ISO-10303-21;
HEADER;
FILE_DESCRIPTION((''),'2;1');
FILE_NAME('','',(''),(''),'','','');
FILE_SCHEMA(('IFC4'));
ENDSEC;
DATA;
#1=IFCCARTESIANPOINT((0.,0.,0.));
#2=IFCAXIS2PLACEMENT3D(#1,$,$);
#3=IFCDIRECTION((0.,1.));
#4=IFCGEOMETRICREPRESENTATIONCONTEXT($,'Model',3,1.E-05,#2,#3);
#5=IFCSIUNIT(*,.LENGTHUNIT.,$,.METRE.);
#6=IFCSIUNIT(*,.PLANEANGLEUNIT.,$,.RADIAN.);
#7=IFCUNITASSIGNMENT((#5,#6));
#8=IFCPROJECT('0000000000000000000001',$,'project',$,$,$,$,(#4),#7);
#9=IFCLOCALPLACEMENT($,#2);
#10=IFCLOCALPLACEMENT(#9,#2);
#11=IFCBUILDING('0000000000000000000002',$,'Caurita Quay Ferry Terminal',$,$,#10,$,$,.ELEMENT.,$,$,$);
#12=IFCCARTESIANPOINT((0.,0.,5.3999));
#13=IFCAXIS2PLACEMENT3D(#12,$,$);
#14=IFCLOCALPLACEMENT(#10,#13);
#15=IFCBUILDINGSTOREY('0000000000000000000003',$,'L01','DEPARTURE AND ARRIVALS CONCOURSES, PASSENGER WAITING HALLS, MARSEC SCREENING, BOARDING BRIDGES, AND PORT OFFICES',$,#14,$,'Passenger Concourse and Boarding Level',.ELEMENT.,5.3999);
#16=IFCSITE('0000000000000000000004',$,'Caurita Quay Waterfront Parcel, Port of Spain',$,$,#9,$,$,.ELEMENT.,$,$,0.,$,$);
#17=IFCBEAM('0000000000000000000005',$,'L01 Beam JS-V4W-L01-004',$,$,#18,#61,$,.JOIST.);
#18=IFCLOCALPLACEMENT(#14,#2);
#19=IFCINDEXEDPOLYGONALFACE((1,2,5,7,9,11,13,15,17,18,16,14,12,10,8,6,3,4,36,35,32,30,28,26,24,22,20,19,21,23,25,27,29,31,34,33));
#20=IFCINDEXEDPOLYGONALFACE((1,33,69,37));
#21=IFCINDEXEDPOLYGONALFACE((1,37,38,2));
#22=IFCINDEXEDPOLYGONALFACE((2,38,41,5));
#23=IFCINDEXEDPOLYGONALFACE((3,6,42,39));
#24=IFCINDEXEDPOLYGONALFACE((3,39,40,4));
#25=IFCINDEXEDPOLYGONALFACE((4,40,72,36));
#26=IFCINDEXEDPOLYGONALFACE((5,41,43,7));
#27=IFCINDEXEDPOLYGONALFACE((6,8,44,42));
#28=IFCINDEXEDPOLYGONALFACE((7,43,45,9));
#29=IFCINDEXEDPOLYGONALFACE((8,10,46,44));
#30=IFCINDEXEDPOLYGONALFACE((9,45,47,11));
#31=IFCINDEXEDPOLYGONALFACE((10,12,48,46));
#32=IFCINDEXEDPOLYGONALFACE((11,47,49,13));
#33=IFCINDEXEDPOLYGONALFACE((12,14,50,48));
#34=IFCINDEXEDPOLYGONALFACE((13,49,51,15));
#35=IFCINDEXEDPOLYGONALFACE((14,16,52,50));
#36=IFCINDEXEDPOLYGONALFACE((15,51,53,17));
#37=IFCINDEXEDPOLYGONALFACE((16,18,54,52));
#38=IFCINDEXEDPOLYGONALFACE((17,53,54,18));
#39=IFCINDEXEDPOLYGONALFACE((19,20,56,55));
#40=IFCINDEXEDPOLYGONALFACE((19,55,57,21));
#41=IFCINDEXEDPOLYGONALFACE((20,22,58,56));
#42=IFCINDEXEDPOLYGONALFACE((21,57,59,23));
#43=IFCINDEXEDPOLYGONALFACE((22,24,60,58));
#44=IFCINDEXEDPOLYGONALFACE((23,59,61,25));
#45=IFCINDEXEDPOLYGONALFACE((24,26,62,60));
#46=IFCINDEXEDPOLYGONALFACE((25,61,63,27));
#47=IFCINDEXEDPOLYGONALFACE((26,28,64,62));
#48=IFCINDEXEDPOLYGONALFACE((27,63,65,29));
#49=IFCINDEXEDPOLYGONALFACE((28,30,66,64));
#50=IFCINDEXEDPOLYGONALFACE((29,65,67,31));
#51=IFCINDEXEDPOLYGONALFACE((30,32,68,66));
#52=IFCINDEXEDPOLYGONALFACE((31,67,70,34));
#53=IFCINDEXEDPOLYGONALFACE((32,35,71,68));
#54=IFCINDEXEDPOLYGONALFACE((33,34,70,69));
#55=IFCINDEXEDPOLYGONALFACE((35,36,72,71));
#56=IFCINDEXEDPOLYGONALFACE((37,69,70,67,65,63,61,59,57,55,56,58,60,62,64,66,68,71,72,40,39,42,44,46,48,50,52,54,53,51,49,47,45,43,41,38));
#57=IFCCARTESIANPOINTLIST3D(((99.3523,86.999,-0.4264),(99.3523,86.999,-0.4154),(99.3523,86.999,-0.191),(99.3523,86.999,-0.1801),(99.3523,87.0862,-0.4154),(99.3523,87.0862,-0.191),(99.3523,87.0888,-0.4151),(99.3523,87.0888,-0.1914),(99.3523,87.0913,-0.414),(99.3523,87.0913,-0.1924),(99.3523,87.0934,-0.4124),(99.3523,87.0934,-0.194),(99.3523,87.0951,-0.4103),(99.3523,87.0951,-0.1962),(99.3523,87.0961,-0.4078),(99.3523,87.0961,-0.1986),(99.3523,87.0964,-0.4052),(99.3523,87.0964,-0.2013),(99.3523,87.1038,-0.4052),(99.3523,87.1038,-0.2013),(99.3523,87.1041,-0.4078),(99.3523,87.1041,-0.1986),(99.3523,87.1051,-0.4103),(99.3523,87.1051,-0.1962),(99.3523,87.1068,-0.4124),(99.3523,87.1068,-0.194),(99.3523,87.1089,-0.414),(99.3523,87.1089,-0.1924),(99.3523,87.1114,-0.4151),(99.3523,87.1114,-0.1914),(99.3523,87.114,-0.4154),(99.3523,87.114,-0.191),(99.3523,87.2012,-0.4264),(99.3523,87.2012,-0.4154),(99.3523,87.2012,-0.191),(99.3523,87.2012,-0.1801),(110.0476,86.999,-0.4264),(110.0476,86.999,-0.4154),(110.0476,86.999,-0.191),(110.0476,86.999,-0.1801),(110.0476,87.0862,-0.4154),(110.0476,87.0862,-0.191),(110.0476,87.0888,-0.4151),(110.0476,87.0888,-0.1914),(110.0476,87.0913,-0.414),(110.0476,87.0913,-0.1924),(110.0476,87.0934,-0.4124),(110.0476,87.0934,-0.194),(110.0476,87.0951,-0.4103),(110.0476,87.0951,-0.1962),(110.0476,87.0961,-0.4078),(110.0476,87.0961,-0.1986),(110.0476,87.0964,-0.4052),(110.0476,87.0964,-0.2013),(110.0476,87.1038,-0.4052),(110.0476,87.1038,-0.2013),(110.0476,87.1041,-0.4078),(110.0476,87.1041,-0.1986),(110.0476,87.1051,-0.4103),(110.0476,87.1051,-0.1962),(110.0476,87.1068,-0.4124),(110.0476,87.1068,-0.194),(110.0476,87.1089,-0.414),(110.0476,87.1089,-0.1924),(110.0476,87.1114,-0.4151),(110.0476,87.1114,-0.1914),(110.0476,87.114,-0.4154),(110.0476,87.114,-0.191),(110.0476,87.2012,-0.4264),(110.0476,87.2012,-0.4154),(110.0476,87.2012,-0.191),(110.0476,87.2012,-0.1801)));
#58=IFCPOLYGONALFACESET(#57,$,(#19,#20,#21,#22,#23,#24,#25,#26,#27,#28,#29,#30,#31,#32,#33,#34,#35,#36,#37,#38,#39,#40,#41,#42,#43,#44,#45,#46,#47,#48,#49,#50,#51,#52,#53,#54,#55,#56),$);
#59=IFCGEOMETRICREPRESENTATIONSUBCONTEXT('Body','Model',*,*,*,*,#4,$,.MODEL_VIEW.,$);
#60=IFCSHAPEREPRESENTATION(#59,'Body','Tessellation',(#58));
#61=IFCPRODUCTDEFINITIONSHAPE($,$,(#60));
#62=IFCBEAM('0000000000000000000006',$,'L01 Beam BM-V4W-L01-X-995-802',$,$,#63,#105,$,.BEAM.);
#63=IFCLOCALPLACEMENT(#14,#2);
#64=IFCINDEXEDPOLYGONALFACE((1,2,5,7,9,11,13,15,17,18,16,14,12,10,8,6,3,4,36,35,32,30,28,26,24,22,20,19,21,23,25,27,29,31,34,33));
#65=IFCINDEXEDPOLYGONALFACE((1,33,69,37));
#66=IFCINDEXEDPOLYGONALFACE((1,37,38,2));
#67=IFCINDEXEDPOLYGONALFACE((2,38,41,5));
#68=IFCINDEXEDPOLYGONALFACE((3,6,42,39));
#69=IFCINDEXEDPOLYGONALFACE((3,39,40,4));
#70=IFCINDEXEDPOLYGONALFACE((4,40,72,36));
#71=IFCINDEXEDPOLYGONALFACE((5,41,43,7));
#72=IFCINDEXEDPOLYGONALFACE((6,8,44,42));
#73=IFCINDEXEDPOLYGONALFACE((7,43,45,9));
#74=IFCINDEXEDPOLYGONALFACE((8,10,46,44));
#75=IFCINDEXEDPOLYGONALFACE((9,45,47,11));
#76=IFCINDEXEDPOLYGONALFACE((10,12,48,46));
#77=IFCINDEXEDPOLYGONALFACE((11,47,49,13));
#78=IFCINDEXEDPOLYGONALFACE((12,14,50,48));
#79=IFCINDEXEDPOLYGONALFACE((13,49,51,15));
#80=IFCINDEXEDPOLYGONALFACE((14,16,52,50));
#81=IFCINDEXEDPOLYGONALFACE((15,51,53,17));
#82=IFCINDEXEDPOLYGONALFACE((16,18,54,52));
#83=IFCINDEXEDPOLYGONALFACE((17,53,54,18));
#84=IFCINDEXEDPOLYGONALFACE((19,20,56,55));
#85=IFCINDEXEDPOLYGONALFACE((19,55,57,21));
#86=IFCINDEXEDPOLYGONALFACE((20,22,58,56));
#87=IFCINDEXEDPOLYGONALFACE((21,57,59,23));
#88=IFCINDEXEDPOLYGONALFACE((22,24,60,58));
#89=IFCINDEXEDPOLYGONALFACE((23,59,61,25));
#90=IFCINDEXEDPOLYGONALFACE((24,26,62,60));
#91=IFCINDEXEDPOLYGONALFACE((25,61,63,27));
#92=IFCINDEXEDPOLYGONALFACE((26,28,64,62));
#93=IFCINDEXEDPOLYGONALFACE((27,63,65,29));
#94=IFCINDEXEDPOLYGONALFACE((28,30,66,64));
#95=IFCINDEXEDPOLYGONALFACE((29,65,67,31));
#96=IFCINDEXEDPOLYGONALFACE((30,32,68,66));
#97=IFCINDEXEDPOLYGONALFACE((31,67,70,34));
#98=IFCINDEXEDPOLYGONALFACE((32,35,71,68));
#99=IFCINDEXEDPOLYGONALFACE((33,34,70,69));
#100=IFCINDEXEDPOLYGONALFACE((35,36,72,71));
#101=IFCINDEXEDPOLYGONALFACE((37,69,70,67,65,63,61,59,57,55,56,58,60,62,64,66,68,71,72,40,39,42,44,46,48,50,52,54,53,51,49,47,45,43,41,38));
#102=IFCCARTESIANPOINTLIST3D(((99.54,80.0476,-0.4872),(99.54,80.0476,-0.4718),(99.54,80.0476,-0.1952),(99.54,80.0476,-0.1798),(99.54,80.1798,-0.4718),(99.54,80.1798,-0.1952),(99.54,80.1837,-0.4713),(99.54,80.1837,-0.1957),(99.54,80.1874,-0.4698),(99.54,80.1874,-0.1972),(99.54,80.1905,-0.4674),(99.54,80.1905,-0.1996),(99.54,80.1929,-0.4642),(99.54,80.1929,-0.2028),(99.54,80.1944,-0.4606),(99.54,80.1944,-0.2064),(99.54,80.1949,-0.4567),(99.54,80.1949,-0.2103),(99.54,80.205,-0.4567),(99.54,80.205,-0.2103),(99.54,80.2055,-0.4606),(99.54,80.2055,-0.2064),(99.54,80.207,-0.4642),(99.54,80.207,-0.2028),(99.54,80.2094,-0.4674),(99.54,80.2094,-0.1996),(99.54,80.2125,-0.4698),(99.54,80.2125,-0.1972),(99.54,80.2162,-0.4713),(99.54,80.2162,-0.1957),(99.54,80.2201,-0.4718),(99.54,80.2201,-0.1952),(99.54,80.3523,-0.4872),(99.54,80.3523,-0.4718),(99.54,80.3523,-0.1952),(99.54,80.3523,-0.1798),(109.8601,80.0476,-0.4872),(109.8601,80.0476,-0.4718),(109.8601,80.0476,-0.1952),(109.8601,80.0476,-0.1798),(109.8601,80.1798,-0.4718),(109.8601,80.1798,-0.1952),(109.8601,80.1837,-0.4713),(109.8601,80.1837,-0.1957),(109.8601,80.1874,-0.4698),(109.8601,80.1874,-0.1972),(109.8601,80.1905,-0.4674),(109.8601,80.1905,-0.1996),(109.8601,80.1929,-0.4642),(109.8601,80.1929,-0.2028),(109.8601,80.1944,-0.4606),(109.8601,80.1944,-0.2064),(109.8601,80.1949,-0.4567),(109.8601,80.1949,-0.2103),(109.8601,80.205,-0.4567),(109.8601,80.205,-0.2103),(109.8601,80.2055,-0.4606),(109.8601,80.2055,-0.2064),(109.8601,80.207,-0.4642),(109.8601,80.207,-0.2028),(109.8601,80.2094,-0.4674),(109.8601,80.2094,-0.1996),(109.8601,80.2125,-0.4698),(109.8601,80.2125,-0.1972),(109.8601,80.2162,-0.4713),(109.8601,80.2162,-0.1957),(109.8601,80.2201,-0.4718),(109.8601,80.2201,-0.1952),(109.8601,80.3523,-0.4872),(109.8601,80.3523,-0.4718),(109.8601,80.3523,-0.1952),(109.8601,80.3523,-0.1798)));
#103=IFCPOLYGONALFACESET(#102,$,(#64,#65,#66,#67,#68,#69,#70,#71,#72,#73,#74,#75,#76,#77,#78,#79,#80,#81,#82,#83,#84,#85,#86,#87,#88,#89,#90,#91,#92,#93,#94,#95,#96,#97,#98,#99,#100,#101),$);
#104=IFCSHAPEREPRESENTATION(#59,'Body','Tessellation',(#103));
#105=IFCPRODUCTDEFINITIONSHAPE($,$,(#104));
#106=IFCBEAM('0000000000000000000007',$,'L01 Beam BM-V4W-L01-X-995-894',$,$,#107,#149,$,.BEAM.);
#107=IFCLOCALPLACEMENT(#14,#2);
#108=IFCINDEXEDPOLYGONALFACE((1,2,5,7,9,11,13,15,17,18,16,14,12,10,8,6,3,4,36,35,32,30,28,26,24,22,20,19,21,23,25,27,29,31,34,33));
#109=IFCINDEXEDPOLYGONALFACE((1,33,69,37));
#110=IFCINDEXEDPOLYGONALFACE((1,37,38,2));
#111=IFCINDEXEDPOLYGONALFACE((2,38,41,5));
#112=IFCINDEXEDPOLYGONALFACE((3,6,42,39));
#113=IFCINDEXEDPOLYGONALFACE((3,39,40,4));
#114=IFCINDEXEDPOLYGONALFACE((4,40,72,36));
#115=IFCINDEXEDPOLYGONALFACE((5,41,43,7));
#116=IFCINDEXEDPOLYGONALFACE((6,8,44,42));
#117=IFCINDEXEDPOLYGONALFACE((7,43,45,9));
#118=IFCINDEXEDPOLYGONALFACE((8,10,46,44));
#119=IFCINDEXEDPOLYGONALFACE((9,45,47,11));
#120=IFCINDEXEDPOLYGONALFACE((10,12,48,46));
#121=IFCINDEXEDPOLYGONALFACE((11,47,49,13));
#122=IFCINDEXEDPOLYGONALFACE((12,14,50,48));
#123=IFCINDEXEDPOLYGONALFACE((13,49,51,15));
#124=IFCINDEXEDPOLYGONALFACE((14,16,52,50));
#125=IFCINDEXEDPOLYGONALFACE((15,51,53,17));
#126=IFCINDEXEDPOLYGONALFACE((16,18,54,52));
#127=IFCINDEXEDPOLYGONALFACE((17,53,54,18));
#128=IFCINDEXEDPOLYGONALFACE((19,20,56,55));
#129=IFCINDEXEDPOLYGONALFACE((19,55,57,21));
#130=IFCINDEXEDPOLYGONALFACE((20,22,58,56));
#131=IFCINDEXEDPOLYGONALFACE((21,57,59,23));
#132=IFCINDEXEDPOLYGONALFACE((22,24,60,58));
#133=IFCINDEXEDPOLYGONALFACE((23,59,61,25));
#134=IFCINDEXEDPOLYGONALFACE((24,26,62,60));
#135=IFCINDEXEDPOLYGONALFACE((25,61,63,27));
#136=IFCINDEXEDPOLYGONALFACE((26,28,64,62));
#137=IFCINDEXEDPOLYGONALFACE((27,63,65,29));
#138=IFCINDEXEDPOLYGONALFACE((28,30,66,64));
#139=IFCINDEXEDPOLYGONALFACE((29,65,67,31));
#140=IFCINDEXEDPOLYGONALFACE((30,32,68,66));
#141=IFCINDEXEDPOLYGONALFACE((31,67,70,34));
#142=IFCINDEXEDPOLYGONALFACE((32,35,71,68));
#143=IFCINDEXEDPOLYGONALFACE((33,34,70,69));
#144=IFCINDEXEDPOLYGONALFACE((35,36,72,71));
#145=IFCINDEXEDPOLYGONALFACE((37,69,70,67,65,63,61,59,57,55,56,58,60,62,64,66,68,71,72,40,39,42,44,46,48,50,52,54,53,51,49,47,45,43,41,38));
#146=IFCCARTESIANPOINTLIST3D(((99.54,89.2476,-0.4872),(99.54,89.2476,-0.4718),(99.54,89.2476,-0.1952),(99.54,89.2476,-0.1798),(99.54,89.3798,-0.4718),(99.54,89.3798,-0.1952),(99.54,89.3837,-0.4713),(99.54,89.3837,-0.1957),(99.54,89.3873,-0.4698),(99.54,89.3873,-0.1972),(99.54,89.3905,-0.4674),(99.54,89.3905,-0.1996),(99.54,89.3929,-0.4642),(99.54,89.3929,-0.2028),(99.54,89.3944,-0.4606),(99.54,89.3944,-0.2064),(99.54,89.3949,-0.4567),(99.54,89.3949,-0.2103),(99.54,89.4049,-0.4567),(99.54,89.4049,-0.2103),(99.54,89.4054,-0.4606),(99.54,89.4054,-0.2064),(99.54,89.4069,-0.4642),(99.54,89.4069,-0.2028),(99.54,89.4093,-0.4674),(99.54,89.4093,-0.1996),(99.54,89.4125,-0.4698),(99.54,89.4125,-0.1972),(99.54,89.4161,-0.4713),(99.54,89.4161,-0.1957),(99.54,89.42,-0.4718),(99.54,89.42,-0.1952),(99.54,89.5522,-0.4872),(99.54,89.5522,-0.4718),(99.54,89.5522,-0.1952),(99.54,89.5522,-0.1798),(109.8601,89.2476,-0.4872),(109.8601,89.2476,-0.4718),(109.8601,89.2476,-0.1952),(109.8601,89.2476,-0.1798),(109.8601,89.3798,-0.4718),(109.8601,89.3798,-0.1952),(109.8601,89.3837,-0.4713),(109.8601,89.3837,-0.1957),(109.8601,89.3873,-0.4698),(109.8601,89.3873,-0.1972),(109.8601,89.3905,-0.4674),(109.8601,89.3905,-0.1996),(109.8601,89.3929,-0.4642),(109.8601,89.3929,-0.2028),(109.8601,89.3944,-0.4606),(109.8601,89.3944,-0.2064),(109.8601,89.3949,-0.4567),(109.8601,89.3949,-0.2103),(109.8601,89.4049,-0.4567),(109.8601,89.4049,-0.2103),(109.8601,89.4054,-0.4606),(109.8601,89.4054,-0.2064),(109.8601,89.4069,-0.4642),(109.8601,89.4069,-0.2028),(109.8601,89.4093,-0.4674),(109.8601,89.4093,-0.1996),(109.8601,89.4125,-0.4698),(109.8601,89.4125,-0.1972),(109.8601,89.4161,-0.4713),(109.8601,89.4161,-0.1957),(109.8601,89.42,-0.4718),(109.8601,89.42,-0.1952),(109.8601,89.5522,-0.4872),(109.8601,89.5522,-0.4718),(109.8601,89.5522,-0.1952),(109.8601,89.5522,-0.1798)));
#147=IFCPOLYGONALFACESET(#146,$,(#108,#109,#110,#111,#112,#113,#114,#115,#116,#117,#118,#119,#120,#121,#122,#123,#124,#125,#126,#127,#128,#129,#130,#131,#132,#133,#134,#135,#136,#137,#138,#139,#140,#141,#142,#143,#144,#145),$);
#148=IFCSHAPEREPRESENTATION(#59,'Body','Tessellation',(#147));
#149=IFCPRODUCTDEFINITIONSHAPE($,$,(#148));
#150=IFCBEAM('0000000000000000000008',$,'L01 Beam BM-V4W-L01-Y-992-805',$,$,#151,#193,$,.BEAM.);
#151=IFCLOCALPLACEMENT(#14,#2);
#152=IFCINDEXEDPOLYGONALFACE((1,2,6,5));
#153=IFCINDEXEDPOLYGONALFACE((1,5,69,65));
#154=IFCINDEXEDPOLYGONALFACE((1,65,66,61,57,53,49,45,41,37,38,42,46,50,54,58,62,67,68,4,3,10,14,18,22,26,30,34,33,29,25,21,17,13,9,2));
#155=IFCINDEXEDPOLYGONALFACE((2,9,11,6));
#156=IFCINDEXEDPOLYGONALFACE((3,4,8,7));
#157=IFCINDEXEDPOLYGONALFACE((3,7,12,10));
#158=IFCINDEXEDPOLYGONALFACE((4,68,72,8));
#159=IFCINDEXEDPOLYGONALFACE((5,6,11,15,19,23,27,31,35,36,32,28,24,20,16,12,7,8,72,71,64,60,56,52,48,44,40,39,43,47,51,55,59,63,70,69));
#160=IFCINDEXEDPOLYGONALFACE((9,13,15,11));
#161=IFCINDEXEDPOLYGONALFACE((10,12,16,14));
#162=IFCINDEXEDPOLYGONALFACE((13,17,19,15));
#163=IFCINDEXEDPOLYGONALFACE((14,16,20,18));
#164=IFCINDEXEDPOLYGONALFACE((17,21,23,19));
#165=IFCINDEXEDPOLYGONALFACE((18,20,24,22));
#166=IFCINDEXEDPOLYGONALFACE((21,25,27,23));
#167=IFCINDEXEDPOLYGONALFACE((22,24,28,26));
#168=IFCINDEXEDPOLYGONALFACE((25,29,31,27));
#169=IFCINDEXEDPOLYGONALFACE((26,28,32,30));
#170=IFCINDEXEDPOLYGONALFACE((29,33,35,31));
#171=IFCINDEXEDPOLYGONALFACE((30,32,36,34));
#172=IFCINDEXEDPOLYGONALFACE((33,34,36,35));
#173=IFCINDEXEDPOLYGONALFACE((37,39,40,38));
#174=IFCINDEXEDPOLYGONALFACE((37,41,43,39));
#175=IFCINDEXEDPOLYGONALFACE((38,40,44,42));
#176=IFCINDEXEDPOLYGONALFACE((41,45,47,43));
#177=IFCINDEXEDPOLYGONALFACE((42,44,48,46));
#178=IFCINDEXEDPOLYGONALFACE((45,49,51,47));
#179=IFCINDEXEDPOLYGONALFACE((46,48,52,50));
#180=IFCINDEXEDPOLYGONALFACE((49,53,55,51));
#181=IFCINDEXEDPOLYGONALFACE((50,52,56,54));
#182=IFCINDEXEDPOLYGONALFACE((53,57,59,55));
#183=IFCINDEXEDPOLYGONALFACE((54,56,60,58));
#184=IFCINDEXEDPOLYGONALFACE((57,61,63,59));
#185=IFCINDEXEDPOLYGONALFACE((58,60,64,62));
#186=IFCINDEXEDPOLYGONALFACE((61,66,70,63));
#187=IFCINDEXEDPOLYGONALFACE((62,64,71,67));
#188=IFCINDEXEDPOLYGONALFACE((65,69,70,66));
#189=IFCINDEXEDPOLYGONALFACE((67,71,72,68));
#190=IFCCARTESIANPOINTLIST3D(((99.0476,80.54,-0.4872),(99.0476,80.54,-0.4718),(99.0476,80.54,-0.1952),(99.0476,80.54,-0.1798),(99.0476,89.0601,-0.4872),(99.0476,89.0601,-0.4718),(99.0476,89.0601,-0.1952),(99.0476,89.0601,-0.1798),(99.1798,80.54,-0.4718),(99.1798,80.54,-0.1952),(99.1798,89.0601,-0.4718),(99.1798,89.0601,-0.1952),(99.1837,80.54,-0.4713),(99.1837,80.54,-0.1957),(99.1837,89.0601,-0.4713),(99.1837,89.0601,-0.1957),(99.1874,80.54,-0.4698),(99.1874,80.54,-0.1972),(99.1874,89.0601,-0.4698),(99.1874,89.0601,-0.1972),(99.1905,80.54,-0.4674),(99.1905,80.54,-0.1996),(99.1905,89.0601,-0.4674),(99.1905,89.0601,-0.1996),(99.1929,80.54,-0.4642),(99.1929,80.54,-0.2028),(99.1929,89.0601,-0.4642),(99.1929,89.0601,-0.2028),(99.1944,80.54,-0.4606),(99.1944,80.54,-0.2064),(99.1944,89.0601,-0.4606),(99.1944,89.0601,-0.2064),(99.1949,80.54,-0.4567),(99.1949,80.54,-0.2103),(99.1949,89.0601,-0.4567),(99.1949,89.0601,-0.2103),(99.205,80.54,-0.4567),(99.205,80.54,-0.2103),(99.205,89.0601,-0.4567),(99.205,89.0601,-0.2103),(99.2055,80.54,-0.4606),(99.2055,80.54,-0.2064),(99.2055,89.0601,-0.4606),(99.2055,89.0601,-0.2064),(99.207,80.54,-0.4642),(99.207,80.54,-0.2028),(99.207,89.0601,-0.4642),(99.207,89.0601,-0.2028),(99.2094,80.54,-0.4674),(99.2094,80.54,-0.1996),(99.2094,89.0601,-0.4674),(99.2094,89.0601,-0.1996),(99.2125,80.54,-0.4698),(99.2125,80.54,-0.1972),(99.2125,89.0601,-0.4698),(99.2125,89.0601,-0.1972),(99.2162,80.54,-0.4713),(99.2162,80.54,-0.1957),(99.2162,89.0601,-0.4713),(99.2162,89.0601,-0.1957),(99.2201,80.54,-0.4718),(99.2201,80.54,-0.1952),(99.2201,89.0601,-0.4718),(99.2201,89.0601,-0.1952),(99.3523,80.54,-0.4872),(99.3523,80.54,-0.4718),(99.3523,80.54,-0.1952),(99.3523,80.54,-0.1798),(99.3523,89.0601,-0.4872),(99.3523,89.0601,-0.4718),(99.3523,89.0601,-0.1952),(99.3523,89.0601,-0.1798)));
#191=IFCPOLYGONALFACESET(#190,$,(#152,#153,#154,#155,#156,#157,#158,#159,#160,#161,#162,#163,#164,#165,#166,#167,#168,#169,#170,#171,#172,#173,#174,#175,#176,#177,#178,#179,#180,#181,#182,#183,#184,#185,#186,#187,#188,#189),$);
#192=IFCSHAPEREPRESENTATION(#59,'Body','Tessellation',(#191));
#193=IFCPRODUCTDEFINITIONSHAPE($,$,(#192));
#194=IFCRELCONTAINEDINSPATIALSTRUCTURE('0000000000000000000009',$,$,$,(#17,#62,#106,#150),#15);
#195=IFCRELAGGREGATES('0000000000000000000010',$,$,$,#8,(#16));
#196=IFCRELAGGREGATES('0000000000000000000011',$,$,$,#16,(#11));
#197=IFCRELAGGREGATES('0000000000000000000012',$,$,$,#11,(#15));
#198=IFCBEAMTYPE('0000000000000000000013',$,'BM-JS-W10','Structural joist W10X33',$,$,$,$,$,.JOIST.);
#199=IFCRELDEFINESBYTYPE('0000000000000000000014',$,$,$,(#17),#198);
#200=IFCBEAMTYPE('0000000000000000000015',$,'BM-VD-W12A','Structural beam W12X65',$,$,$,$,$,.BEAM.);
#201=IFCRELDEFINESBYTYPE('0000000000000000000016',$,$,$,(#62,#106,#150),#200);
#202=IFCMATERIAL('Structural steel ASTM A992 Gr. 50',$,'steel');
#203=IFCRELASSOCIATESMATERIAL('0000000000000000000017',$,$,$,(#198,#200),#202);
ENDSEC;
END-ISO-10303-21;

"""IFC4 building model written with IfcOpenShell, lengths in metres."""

from ifc_helpers import new_model, si_unit, direction, frame, origin, origin_2d, place, context, subcontext, project, spatial, i_section, extrude, material, material_profile, profile_set, type_object, element, save


model = new_model("IFC4")

# Units and contexts
model_context = context("Model", 3, precision=1e-05, world=origin(), true_north=direction((0.0, 1.0)))
body_context = subcontext(model_context, "Body", "Model", "MODEL_VIEW")
ifc_project = project(units=[si_unit("LENGTHUNIT", "METRE"), si_unit("PLANEANGLEUNIT", "RADIAN")], contexts=[model_context])

# Site, building, storey
site_placement = place(None, origin())
site = spatial("IfcSite", under=ifc_project, at=site_placement, Name="Caurita Quay Waterfront Parcel, Port of Spain", CompositionType="ELEMENT", RefElevation=0.0)
building_placement = place(site_placement, origin())
building = spatial("IfcBuilding", under=site, at=building_placement, Name="Caurita Quay Ferry Terminal", CompositionType="ELEMENT")
storey_placement = place(building_placement, frame((0.0, 0.0, 5.3999)))
storey = spatial("IfcBuildingStorey", under=building, at=storey_placement, Name="L01", Description="DEPARTURE AND ARRIVALS CONCOURSES, PASSENGER WAITING HALLS, MARSEC SCREENING, BOARDING BRIDGES, AND PORT OFFICES", LongName="Passenger Concourse and Boarding Level", CompositionType="ELEMENT", Elevation=5.3999)

# Beams
ifc_material_1 = material(Name="Structural steel ASTM A992 Gr. 50", Category="steel")
ifc_material_profile_1 = material_profile(ifc_material_1, i_section(OverallWidth=0.2021, OverallDepth=0.2463, WebThickness=0.0073, FlangeThickness=0.011, FilletRadius=0.0103, at=origin_2d()), Name="W10X33")
ifc_profile_set_1 = profile_set([ifc_material_profile_1], Name="Structural steel ASTM A992 Gr. 50")
beam_type_1 = type_object("IfcBeamType", Name="BM-JS-W10", Description="Structural joist W10X33", PredefinedType="JOIST", material=ifc_profile_set_1)
for number, where, z_axis, x_axis, name in (
    (1, (99.3523, 87.1001, -0.3032), (1.0, 0.0, 0.0), (0.0, 1.0, 0.0), "L01 Beam JS-V4W-L01-004"),
):
    element("IfcBeam", number, at=place(storey_placement, frame(where, z_axis=z_axis, x_axis=x_axis)), inside=storey, type_object=beam_type_1, Name=name, PredefinedType="JOIST", context=body_context, shape_type="SweptSolid", body=[
        extrude(i_section(OverallWidth=0.2021, OverallDepth=0.2463, WebThickness=0.0073, FlangeThickness=0.011, FilletRadius=0.0103, at=origin_2d()), origin(), (0.0, 0.0, 1.0), 10.6953),
    ])
ifc_material_profile_2 = material_profile(ifc_material_1, i_section(OverallWidth=0.3047, OverallDepth=0.3074, WebThickness=0.01, FlangeThickness=0.0154, FilletRadius=0.0151, at=origin_2d()), Name="W12X65")
ifc_profile_set_2 = profile_set([ifc_material_profile_2], Name="Structural steel ASTM A992 Gr. 50")
beam_type_2 = type_object("IfcBeamType", Name="BM-VD-W12A", Description="Structural beam W12X65", PredefinedType="BEAM", material=ifc_profile_set_2)
for number, where, z_axis, x_axis, name in (
    (2, (99.54, 80.2, -0.3335), (1.0, 0.0, 0.0), (0.0, 1.0, 0.0), "L01 Beam BM-V4W-L01-X-995-802"),
    (3, (99.54, 89.3999, -0.3335), (1.0, 0.0, 0.0), (0.0, 1.0, 0.0), "L01 Beam BM-V4W-L01-X-995-894"),
):
    element("IfcBeam", number, at=place(storey_placement, frame(where, z_axis=z_axis, x_axis=x_axis)), inside=storey, type_object=beam_type_2, Name=name, PredefinedType="BEAM", context=body_context, shape_type="SweptSolid", body=[
        extrude(i_section(OverallWidth=0.3047, OverallDepth=0.3074, WebThickness=0.01, FlangeThickness=0.0154, FilletRadius=0.0151, at=origin_2d()), origin(), (0.0, 0.0, 1.0), 10.3201),
    ])
beam_1_placement = place(storey_placement, frame((99.2, 80.54, -0.3335), z_axis=(0.0, 1.0, 0.0), x_axis=(-1.0, 0.0, 0.0)))
element("IfcBeam", 4, at=beam_1_placement, inside=storey, type_object=beam_type_2, Name="L01 Beam BM-V4W-L01-Y-992-805", PredefinedType="BEAM", context=body_context, shape_type="SweptSolid", body=[
    extrude(i_section(OverallWidth=0.3047, OverallDepth=0.3074, WebThickness=0.01, FlangeThickness=0.0154, FilletRadius=0.0151, at=origin_2d()), origin(), (0.0, 0.0, 1.0), 8.52),
])

save(model, "model.ifc")
